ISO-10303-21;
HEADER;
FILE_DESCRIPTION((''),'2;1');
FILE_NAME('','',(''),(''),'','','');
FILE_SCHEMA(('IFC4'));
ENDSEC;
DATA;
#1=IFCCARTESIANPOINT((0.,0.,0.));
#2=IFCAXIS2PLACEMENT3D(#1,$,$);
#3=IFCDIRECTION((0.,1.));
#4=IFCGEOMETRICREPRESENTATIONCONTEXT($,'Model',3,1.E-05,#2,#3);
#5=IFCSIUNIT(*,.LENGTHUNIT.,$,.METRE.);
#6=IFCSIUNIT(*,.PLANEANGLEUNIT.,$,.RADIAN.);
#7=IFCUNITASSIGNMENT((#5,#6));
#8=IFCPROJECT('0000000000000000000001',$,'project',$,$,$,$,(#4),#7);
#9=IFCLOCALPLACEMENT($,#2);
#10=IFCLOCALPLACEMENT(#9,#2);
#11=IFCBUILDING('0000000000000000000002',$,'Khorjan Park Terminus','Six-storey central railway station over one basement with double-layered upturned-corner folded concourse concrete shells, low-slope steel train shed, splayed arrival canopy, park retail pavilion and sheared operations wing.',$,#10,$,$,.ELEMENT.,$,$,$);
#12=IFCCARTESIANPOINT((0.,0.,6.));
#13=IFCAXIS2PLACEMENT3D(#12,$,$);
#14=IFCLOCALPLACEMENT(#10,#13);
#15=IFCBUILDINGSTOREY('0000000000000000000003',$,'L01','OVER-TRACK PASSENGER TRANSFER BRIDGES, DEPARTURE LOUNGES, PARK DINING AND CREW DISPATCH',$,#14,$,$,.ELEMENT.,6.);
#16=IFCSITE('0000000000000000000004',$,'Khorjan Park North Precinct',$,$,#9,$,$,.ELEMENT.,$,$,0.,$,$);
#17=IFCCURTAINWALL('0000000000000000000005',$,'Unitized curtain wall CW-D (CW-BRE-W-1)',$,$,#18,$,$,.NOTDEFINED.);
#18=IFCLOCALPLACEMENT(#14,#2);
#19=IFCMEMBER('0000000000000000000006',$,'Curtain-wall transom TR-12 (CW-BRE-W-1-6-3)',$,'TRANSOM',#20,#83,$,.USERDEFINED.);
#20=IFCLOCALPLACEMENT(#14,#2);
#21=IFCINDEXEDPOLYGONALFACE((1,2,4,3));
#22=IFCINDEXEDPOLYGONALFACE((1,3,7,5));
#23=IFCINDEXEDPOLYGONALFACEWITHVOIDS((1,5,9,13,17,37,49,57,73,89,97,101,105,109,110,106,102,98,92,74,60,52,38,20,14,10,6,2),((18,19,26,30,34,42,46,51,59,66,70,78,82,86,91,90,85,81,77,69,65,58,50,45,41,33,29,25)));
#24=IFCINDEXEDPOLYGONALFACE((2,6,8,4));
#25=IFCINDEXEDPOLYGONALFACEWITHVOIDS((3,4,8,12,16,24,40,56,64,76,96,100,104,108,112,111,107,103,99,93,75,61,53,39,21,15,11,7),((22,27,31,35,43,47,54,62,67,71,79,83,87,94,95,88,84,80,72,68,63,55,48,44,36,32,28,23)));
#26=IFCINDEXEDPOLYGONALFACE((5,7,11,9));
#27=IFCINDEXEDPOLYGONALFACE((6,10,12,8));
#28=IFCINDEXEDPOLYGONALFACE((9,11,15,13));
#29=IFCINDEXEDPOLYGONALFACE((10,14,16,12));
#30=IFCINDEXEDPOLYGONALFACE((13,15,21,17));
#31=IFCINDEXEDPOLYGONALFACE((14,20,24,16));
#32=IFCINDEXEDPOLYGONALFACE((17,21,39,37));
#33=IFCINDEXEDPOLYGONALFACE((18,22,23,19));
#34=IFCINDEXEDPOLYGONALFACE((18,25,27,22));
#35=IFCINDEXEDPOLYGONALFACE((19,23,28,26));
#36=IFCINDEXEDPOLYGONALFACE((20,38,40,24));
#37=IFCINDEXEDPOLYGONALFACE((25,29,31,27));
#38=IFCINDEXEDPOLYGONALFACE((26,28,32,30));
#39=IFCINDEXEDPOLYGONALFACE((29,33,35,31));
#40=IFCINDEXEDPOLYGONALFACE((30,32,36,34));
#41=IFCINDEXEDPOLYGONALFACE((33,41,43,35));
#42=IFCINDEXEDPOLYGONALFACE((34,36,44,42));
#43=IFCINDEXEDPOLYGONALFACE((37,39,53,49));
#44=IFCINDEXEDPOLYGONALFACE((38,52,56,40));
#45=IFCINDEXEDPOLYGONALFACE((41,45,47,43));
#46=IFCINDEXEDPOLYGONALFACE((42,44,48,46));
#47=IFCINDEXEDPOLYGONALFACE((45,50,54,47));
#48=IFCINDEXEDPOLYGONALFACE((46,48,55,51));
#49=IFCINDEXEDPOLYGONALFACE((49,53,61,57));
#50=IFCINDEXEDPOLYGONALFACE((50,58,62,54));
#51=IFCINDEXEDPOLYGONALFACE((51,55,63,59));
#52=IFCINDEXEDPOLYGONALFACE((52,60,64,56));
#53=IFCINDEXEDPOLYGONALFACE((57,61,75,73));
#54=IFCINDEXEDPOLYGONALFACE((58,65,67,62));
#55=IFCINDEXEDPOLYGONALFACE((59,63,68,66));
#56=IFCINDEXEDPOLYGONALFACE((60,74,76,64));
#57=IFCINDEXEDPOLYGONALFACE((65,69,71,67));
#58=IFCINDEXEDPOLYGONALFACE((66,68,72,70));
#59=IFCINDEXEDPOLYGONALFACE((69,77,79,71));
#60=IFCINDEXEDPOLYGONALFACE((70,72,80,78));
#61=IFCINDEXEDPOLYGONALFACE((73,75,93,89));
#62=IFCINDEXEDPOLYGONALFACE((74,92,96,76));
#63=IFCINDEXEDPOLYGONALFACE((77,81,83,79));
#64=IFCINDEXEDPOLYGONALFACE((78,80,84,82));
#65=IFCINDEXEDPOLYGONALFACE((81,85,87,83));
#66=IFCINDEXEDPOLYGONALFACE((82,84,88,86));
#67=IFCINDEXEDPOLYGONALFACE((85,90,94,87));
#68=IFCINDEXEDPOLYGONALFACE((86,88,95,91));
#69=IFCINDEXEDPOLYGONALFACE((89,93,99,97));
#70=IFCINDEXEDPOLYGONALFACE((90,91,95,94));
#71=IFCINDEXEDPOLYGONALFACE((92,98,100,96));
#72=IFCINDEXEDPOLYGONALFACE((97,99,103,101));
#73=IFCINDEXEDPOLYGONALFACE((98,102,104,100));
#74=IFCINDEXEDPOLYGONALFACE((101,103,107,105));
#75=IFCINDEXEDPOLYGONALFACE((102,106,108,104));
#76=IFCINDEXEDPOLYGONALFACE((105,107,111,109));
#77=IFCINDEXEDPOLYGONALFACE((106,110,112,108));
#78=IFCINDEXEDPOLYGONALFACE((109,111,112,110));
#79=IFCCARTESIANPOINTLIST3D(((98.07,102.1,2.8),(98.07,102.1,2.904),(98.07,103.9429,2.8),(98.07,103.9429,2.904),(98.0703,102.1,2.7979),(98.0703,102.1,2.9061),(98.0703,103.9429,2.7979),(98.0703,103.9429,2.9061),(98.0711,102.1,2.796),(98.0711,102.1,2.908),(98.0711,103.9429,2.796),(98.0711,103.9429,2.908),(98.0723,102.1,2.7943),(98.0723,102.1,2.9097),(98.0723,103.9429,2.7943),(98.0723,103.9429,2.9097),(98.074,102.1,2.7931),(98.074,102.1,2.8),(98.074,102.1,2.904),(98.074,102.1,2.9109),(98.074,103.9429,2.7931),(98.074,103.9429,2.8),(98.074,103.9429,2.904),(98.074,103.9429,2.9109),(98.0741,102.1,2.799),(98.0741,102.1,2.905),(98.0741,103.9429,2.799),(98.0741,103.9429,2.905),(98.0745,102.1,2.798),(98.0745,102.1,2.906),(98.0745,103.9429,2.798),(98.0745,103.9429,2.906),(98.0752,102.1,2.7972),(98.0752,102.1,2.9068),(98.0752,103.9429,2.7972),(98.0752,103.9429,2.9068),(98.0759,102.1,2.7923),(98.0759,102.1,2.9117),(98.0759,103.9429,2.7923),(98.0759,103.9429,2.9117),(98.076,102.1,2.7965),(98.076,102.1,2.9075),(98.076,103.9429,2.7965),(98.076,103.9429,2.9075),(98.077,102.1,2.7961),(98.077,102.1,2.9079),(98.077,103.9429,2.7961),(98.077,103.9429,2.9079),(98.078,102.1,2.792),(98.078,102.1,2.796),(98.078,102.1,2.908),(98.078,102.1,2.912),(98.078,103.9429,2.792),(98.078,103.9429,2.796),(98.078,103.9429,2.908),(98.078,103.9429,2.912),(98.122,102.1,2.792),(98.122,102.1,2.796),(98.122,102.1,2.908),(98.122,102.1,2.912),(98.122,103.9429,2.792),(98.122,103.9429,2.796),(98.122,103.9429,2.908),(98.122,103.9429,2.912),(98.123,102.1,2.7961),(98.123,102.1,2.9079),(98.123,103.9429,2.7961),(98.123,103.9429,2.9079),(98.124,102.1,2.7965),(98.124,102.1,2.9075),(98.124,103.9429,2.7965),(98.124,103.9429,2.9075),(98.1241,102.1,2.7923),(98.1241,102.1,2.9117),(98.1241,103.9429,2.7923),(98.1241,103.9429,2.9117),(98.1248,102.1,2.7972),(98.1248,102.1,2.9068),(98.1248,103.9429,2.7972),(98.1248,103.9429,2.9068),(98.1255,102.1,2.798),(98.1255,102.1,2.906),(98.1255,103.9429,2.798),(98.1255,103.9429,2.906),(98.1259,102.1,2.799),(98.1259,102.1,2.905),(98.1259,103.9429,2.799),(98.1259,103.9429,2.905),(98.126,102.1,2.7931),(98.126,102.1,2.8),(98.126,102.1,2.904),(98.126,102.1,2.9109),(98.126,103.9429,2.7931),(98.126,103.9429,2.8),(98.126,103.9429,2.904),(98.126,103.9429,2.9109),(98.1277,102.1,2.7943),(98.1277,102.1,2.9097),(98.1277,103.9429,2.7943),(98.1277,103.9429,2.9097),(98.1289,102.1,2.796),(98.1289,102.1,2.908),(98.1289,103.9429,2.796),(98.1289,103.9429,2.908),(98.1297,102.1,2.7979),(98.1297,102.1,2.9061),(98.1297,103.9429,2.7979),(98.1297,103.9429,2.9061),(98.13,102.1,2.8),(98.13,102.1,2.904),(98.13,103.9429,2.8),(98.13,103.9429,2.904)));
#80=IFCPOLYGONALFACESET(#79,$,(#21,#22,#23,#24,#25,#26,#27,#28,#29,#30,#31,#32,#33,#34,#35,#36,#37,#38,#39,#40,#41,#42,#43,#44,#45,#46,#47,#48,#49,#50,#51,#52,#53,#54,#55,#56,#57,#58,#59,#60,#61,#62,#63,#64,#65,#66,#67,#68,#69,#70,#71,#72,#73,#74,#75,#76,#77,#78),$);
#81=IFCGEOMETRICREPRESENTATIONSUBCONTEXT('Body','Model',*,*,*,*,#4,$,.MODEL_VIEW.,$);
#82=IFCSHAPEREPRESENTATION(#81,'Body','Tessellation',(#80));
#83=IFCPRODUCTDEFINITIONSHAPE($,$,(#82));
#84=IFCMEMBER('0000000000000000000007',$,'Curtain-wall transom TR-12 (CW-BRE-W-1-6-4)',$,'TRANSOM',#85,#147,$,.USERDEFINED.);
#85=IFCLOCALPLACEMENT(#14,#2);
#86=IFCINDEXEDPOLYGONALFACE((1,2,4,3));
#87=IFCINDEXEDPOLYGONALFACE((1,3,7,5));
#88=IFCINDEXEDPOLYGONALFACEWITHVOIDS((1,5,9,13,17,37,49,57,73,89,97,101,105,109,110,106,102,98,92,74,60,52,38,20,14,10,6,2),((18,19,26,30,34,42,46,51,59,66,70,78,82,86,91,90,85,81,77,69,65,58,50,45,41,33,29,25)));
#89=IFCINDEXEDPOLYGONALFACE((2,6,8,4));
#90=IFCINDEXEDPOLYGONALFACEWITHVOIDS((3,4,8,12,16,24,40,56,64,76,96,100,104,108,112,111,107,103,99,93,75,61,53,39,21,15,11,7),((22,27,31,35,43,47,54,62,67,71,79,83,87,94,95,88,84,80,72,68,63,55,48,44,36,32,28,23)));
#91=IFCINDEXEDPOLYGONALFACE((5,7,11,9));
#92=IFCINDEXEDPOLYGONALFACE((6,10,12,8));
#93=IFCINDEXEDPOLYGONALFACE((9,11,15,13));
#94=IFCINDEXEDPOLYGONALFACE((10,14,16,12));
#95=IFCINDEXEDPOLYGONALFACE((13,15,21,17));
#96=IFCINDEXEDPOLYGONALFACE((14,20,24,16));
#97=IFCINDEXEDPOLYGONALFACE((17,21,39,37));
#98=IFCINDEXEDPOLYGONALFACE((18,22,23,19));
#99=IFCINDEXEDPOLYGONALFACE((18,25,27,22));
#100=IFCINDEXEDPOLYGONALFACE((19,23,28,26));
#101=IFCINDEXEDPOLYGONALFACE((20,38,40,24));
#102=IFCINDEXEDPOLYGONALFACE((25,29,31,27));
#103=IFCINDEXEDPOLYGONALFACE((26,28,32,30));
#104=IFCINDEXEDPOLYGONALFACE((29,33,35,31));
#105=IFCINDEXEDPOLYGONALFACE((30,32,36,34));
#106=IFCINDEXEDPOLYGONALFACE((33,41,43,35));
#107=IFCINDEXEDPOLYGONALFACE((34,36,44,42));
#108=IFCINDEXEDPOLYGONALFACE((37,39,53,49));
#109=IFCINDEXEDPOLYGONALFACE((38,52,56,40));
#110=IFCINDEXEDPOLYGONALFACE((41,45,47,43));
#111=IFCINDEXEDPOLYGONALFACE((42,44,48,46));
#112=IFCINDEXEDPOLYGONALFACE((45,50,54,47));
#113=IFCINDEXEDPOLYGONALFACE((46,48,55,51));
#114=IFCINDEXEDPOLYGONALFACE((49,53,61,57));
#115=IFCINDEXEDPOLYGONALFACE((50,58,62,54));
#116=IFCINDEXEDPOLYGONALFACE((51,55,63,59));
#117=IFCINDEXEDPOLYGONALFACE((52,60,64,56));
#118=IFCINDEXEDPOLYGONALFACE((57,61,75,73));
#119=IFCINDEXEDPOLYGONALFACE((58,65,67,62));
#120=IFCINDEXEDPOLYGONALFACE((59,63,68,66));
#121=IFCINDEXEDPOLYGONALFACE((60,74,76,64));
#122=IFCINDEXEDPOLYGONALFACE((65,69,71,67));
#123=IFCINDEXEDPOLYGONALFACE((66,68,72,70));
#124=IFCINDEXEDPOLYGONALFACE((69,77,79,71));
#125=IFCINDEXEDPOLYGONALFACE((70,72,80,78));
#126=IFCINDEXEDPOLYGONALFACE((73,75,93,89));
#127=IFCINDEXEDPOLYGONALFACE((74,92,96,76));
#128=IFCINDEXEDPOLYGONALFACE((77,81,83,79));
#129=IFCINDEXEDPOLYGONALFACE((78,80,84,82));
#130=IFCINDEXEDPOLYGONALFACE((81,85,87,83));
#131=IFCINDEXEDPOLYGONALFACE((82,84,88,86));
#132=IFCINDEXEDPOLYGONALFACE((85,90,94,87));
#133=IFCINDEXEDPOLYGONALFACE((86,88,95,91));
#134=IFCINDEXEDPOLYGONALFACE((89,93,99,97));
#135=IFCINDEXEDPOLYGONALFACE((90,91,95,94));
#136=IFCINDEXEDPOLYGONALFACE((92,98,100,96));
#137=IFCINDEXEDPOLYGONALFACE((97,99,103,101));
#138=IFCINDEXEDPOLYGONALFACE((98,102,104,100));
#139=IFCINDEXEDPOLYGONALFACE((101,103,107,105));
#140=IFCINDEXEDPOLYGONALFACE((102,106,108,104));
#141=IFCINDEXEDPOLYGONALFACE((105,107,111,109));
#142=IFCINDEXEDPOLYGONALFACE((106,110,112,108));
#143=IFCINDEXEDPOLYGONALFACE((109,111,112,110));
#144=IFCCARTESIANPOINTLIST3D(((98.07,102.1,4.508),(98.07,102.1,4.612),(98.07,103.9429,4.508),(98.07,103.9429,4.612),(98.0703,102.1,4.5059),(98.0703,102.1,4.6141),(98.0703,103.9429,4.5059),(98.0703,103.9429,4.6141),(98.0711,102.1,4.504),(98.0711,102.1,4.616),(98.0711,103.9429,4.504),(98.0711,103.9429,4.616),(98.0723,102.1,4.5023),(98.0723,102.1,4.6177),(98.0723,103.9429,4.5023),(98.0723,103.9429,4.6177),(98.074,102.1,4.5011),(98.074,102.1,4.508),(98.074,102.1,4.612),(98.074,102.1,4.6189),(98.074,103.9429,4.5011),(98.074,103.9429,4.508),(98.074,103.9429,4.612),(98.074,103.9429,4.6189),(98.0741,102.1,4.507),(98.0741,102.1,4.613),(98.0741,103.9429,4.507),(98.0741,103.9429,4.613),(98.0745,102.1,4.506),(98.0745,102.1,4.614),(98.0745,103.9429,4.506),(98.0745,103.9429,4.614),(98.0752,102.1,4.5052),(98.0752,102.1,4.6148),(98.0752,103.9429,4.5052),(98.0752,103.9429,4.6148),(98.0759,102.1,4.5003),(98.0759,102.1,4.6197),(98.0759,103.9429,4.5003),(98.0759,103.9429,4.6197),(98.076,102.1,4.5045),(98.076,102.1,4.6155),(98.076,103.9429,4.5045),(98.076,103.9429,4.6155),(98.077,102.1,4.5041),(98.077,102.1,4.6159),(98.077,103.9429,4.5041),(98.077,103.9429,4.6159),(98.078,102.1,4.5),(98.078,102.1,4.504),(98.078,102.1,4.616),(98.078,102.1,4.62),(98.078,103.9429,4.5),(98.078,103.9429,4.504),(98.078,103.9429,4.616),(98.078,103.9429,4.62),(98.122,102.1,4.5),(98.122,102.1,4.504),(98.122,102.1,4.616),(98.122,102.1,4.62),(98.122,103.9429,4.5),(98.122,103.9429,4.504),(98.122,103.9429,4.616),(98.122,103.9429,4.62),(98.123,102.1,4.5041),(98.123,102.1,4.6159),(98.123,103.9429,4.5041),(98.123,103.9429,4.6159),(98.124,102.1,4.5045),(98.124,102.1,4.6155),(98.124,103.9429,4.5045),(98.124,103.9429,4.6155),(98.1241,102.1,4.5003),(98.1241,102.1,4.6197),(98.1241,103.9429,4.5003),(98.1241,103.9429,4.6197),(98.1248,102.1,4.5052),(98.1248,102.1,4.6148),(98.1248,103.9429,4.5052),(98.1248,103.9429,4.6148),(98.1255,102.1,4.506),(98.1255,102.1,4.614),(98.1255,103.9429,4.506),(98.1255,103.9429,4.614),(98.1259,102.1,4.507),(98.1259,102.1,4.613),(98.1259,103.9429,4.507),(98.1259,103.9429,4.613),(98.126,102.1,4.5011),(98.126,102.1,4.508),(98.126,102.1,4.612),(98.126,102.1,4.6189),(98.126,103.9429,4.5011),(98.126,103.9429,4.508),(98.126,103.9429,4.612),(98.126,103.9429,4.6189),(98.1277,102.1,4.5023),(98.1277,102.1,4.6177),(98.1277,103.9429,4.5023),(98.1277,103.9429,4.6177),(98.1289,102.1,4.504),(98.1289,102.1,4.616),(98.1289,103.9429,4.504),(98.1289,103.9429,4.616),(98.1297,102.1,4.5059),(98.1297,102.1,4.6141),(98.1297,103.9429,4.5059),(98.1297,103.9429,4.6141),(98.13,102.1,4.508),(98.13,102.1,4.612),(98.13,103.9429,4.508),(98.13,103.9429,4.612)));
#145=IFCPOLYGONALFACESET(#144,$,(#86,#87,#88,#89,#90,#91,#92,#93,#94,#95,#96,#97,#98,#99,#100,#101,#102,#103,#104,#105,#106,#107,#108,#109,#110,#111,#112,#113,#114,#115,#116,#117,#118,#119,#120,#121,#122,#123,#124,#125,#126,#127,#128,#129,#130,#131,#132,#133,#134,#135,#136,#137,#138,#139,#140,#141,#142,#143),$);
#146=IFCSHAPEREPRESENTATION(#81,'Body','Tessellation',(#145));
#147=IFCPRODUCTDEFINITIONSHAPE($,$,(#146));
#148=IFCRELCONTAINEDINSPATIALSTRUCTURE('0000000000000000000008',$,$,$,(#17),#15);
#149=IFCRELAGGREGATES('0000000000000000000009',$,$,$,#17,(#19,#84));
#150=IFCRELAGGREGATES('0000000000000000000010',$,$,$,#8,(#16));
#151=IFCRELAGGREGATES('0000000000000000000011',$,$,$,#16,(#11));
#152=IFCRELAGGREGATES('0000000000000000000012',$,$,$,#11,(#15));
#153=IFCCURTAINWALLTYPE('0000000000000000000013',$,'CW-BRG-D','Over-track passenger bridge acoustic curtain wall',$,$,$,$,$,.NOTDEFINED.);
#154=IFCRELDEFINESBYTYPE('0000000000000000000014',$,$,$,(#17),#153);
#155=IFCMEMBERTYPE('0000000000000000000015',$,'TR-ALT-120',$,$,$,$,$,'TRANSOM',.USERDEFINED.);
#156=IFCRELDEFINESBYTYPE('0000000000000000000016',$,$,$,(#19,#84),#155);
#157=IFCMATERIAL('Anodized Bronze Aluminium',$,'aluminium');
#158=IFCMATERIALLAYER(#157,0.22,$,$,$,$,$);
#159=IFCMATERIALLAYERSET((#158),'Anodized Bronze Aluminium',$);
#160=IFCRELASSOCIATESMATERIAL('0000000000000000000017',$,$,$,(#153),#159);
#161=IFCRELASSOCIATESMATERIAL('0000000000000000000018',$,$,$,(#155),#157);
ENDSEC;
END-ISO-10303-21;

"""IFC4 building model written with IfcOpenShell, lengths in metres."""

from ifc_helpers import new_model, si_unit, direction, frame, origin, origin_2d, place, context, subcontext, project, spatial, hollow_rectangle, extrude, material, layer, layer_set, material_profile, profile_set, type_object, element, aggregate, save


model = new_model("IFC4")

# Units and contexts
model_context = context("Model", 3, precision=1e-05, world=origin(), true_north=direction((0.0, 1.0)))
body_context = subcontext(model_context, "Body", "Model", "MODEL_VIEW")
ifc_project = project(units=[si_unit("LENGTHUNIT", "METRE"), si_unit("PLANEANGLEUNIT", "RADIAN")], contexts=[model_context])

# Site, building, storey
site_placement = place(None, origin())
site = spatial("IfcSite", under=ifc_project, at=site_placement, Name="Khorjan Park North Precinct", CompositionType="ELEMENT", RefElevation=0.0)
building_placement = place(site_placement, origin())
building = spatial("IfcBuilding", under=site, at=building_placement, Name="Khorjan Park Terminus", Description="Six-storey central railway station over one basement with double-layered upturned-corner folded concourse concrete shells, low-slope steel train shed, splayed arrival canopy, park retail pavilion and sheared operations wing.", CompositionType="ELEMENT")
storey_placement = place(building_placement, frame((0.0, 0.0, 6.0)))
storey = spatial("IfcBuildingStorey", under=building, at=storey_placement, Name="L01", Description="OVER-TRACK PASSENGER TRANSFER BRIDGES, DEPARTURE LOUNGES, PARK DINING AND CREW DISPATCH", CompositionType="ELEMENT", Elevation=6.0)

# Curtain wall, members
ifc_material_1 = material(Name="Anodized Bronze Aluminium", Category="aluminium")
ifc_layer_1 = layer(ifc_material_1, 0.22)
ifc_layer_set_1 = layer_set([ifc_layer_1], Name="Anodized Bronze Aluminium")
curtain_wall_type = type_object("IfcCurtainWallType", Name="CW-BRG-D", Description="Over-track passenger bridge acoustic curtain wall", PredefinedType="NOTDEFINED", material=ifc_layer_set_1)
curtain_wall_1_placement = place(storey_placement, origin())
curtain_wall_1 = element("IfcCurtainWall", 1, at=curtain_wall_1_placement, inside=storey, type_object=curtain_wall_type, Name="Unitized curtain wall CW-D (CW-BRE-W-1)", PredefinedType="NOTDEFINED")
ifc_material_profile_1 = material_profile(ifc_material_1, hollow_rectangle(XDim=0.06, YDim=0.12, WallThickness=0.004, InnerFilletRadius=0.004, OuterFilletRadius=0.008, at=origin_2d()), Name="ALT 60x120x4")
ifc_profile_set_1 = profile_set([ifc_material_profile_1], Name="Anodized Bronze Aluminium")
member_type_1 = type_object("IfcMemberType", Name="TR-ALT-120", ElementType="TRANSOM", PredefinedType="USERDEFINED", material=ifc_profile_set_1)
member_1_placement = place(storey_placement, frame((98.1, 103.9429, 2.852), z_axis=(0.0, -1.0, 0.0), x_axis=(1.0, 0.0, 0.0)))
member_1 = element("IfcMember", 2, at=member_1_placement, type_object=member_type_1, Name="Curtain-wall transom TR-12 (CW-BRE-W-1-6-3)", ObjectType="TRANSOM", PredefinedType="USERDEFINED", context=body_context, shape_type="SweptSolid", body=[
    extrude(hollow_rectangle(XDim=0.06, YDim=0.12, WallThickness=0.004, InnerFilletRadius=0.004, OuterFilletRadius=0.008, at=origin_2d()), origin(), (0.0, 0.0, 1.0), 1.8429),
])
member_2_placement = place(storey_placement, frame((98.1, 103.9429, 4.56), z_axis=(0.0, -1.0, 0.0), x_axis=(1.0, 0.0, 0.0)))
member_2 = element("IfcMember", 3, at=member_2_placement, type_object=member_type_1, Name="Curtain-wall transom TR-12 (CW-BRE-W-1-6-4)", ObjectType="TRANSOM", PredefinedType="USERDEFINED", context=body_context, shape_type="SweptSolid", body=[
    extrude(hollow_rectangle(XDim=0.06, YDim=0.12, WallThickness=0.004, InnerFilletRadius=0.004, OuterFilletRadius=0.008, at=origin_2d()), origin(), (0.0, 0.0, 1.0), 1.8429),
])

aggregate(curtain_wall_1, [member_1, member_2])

save(model, "model.ifc")
